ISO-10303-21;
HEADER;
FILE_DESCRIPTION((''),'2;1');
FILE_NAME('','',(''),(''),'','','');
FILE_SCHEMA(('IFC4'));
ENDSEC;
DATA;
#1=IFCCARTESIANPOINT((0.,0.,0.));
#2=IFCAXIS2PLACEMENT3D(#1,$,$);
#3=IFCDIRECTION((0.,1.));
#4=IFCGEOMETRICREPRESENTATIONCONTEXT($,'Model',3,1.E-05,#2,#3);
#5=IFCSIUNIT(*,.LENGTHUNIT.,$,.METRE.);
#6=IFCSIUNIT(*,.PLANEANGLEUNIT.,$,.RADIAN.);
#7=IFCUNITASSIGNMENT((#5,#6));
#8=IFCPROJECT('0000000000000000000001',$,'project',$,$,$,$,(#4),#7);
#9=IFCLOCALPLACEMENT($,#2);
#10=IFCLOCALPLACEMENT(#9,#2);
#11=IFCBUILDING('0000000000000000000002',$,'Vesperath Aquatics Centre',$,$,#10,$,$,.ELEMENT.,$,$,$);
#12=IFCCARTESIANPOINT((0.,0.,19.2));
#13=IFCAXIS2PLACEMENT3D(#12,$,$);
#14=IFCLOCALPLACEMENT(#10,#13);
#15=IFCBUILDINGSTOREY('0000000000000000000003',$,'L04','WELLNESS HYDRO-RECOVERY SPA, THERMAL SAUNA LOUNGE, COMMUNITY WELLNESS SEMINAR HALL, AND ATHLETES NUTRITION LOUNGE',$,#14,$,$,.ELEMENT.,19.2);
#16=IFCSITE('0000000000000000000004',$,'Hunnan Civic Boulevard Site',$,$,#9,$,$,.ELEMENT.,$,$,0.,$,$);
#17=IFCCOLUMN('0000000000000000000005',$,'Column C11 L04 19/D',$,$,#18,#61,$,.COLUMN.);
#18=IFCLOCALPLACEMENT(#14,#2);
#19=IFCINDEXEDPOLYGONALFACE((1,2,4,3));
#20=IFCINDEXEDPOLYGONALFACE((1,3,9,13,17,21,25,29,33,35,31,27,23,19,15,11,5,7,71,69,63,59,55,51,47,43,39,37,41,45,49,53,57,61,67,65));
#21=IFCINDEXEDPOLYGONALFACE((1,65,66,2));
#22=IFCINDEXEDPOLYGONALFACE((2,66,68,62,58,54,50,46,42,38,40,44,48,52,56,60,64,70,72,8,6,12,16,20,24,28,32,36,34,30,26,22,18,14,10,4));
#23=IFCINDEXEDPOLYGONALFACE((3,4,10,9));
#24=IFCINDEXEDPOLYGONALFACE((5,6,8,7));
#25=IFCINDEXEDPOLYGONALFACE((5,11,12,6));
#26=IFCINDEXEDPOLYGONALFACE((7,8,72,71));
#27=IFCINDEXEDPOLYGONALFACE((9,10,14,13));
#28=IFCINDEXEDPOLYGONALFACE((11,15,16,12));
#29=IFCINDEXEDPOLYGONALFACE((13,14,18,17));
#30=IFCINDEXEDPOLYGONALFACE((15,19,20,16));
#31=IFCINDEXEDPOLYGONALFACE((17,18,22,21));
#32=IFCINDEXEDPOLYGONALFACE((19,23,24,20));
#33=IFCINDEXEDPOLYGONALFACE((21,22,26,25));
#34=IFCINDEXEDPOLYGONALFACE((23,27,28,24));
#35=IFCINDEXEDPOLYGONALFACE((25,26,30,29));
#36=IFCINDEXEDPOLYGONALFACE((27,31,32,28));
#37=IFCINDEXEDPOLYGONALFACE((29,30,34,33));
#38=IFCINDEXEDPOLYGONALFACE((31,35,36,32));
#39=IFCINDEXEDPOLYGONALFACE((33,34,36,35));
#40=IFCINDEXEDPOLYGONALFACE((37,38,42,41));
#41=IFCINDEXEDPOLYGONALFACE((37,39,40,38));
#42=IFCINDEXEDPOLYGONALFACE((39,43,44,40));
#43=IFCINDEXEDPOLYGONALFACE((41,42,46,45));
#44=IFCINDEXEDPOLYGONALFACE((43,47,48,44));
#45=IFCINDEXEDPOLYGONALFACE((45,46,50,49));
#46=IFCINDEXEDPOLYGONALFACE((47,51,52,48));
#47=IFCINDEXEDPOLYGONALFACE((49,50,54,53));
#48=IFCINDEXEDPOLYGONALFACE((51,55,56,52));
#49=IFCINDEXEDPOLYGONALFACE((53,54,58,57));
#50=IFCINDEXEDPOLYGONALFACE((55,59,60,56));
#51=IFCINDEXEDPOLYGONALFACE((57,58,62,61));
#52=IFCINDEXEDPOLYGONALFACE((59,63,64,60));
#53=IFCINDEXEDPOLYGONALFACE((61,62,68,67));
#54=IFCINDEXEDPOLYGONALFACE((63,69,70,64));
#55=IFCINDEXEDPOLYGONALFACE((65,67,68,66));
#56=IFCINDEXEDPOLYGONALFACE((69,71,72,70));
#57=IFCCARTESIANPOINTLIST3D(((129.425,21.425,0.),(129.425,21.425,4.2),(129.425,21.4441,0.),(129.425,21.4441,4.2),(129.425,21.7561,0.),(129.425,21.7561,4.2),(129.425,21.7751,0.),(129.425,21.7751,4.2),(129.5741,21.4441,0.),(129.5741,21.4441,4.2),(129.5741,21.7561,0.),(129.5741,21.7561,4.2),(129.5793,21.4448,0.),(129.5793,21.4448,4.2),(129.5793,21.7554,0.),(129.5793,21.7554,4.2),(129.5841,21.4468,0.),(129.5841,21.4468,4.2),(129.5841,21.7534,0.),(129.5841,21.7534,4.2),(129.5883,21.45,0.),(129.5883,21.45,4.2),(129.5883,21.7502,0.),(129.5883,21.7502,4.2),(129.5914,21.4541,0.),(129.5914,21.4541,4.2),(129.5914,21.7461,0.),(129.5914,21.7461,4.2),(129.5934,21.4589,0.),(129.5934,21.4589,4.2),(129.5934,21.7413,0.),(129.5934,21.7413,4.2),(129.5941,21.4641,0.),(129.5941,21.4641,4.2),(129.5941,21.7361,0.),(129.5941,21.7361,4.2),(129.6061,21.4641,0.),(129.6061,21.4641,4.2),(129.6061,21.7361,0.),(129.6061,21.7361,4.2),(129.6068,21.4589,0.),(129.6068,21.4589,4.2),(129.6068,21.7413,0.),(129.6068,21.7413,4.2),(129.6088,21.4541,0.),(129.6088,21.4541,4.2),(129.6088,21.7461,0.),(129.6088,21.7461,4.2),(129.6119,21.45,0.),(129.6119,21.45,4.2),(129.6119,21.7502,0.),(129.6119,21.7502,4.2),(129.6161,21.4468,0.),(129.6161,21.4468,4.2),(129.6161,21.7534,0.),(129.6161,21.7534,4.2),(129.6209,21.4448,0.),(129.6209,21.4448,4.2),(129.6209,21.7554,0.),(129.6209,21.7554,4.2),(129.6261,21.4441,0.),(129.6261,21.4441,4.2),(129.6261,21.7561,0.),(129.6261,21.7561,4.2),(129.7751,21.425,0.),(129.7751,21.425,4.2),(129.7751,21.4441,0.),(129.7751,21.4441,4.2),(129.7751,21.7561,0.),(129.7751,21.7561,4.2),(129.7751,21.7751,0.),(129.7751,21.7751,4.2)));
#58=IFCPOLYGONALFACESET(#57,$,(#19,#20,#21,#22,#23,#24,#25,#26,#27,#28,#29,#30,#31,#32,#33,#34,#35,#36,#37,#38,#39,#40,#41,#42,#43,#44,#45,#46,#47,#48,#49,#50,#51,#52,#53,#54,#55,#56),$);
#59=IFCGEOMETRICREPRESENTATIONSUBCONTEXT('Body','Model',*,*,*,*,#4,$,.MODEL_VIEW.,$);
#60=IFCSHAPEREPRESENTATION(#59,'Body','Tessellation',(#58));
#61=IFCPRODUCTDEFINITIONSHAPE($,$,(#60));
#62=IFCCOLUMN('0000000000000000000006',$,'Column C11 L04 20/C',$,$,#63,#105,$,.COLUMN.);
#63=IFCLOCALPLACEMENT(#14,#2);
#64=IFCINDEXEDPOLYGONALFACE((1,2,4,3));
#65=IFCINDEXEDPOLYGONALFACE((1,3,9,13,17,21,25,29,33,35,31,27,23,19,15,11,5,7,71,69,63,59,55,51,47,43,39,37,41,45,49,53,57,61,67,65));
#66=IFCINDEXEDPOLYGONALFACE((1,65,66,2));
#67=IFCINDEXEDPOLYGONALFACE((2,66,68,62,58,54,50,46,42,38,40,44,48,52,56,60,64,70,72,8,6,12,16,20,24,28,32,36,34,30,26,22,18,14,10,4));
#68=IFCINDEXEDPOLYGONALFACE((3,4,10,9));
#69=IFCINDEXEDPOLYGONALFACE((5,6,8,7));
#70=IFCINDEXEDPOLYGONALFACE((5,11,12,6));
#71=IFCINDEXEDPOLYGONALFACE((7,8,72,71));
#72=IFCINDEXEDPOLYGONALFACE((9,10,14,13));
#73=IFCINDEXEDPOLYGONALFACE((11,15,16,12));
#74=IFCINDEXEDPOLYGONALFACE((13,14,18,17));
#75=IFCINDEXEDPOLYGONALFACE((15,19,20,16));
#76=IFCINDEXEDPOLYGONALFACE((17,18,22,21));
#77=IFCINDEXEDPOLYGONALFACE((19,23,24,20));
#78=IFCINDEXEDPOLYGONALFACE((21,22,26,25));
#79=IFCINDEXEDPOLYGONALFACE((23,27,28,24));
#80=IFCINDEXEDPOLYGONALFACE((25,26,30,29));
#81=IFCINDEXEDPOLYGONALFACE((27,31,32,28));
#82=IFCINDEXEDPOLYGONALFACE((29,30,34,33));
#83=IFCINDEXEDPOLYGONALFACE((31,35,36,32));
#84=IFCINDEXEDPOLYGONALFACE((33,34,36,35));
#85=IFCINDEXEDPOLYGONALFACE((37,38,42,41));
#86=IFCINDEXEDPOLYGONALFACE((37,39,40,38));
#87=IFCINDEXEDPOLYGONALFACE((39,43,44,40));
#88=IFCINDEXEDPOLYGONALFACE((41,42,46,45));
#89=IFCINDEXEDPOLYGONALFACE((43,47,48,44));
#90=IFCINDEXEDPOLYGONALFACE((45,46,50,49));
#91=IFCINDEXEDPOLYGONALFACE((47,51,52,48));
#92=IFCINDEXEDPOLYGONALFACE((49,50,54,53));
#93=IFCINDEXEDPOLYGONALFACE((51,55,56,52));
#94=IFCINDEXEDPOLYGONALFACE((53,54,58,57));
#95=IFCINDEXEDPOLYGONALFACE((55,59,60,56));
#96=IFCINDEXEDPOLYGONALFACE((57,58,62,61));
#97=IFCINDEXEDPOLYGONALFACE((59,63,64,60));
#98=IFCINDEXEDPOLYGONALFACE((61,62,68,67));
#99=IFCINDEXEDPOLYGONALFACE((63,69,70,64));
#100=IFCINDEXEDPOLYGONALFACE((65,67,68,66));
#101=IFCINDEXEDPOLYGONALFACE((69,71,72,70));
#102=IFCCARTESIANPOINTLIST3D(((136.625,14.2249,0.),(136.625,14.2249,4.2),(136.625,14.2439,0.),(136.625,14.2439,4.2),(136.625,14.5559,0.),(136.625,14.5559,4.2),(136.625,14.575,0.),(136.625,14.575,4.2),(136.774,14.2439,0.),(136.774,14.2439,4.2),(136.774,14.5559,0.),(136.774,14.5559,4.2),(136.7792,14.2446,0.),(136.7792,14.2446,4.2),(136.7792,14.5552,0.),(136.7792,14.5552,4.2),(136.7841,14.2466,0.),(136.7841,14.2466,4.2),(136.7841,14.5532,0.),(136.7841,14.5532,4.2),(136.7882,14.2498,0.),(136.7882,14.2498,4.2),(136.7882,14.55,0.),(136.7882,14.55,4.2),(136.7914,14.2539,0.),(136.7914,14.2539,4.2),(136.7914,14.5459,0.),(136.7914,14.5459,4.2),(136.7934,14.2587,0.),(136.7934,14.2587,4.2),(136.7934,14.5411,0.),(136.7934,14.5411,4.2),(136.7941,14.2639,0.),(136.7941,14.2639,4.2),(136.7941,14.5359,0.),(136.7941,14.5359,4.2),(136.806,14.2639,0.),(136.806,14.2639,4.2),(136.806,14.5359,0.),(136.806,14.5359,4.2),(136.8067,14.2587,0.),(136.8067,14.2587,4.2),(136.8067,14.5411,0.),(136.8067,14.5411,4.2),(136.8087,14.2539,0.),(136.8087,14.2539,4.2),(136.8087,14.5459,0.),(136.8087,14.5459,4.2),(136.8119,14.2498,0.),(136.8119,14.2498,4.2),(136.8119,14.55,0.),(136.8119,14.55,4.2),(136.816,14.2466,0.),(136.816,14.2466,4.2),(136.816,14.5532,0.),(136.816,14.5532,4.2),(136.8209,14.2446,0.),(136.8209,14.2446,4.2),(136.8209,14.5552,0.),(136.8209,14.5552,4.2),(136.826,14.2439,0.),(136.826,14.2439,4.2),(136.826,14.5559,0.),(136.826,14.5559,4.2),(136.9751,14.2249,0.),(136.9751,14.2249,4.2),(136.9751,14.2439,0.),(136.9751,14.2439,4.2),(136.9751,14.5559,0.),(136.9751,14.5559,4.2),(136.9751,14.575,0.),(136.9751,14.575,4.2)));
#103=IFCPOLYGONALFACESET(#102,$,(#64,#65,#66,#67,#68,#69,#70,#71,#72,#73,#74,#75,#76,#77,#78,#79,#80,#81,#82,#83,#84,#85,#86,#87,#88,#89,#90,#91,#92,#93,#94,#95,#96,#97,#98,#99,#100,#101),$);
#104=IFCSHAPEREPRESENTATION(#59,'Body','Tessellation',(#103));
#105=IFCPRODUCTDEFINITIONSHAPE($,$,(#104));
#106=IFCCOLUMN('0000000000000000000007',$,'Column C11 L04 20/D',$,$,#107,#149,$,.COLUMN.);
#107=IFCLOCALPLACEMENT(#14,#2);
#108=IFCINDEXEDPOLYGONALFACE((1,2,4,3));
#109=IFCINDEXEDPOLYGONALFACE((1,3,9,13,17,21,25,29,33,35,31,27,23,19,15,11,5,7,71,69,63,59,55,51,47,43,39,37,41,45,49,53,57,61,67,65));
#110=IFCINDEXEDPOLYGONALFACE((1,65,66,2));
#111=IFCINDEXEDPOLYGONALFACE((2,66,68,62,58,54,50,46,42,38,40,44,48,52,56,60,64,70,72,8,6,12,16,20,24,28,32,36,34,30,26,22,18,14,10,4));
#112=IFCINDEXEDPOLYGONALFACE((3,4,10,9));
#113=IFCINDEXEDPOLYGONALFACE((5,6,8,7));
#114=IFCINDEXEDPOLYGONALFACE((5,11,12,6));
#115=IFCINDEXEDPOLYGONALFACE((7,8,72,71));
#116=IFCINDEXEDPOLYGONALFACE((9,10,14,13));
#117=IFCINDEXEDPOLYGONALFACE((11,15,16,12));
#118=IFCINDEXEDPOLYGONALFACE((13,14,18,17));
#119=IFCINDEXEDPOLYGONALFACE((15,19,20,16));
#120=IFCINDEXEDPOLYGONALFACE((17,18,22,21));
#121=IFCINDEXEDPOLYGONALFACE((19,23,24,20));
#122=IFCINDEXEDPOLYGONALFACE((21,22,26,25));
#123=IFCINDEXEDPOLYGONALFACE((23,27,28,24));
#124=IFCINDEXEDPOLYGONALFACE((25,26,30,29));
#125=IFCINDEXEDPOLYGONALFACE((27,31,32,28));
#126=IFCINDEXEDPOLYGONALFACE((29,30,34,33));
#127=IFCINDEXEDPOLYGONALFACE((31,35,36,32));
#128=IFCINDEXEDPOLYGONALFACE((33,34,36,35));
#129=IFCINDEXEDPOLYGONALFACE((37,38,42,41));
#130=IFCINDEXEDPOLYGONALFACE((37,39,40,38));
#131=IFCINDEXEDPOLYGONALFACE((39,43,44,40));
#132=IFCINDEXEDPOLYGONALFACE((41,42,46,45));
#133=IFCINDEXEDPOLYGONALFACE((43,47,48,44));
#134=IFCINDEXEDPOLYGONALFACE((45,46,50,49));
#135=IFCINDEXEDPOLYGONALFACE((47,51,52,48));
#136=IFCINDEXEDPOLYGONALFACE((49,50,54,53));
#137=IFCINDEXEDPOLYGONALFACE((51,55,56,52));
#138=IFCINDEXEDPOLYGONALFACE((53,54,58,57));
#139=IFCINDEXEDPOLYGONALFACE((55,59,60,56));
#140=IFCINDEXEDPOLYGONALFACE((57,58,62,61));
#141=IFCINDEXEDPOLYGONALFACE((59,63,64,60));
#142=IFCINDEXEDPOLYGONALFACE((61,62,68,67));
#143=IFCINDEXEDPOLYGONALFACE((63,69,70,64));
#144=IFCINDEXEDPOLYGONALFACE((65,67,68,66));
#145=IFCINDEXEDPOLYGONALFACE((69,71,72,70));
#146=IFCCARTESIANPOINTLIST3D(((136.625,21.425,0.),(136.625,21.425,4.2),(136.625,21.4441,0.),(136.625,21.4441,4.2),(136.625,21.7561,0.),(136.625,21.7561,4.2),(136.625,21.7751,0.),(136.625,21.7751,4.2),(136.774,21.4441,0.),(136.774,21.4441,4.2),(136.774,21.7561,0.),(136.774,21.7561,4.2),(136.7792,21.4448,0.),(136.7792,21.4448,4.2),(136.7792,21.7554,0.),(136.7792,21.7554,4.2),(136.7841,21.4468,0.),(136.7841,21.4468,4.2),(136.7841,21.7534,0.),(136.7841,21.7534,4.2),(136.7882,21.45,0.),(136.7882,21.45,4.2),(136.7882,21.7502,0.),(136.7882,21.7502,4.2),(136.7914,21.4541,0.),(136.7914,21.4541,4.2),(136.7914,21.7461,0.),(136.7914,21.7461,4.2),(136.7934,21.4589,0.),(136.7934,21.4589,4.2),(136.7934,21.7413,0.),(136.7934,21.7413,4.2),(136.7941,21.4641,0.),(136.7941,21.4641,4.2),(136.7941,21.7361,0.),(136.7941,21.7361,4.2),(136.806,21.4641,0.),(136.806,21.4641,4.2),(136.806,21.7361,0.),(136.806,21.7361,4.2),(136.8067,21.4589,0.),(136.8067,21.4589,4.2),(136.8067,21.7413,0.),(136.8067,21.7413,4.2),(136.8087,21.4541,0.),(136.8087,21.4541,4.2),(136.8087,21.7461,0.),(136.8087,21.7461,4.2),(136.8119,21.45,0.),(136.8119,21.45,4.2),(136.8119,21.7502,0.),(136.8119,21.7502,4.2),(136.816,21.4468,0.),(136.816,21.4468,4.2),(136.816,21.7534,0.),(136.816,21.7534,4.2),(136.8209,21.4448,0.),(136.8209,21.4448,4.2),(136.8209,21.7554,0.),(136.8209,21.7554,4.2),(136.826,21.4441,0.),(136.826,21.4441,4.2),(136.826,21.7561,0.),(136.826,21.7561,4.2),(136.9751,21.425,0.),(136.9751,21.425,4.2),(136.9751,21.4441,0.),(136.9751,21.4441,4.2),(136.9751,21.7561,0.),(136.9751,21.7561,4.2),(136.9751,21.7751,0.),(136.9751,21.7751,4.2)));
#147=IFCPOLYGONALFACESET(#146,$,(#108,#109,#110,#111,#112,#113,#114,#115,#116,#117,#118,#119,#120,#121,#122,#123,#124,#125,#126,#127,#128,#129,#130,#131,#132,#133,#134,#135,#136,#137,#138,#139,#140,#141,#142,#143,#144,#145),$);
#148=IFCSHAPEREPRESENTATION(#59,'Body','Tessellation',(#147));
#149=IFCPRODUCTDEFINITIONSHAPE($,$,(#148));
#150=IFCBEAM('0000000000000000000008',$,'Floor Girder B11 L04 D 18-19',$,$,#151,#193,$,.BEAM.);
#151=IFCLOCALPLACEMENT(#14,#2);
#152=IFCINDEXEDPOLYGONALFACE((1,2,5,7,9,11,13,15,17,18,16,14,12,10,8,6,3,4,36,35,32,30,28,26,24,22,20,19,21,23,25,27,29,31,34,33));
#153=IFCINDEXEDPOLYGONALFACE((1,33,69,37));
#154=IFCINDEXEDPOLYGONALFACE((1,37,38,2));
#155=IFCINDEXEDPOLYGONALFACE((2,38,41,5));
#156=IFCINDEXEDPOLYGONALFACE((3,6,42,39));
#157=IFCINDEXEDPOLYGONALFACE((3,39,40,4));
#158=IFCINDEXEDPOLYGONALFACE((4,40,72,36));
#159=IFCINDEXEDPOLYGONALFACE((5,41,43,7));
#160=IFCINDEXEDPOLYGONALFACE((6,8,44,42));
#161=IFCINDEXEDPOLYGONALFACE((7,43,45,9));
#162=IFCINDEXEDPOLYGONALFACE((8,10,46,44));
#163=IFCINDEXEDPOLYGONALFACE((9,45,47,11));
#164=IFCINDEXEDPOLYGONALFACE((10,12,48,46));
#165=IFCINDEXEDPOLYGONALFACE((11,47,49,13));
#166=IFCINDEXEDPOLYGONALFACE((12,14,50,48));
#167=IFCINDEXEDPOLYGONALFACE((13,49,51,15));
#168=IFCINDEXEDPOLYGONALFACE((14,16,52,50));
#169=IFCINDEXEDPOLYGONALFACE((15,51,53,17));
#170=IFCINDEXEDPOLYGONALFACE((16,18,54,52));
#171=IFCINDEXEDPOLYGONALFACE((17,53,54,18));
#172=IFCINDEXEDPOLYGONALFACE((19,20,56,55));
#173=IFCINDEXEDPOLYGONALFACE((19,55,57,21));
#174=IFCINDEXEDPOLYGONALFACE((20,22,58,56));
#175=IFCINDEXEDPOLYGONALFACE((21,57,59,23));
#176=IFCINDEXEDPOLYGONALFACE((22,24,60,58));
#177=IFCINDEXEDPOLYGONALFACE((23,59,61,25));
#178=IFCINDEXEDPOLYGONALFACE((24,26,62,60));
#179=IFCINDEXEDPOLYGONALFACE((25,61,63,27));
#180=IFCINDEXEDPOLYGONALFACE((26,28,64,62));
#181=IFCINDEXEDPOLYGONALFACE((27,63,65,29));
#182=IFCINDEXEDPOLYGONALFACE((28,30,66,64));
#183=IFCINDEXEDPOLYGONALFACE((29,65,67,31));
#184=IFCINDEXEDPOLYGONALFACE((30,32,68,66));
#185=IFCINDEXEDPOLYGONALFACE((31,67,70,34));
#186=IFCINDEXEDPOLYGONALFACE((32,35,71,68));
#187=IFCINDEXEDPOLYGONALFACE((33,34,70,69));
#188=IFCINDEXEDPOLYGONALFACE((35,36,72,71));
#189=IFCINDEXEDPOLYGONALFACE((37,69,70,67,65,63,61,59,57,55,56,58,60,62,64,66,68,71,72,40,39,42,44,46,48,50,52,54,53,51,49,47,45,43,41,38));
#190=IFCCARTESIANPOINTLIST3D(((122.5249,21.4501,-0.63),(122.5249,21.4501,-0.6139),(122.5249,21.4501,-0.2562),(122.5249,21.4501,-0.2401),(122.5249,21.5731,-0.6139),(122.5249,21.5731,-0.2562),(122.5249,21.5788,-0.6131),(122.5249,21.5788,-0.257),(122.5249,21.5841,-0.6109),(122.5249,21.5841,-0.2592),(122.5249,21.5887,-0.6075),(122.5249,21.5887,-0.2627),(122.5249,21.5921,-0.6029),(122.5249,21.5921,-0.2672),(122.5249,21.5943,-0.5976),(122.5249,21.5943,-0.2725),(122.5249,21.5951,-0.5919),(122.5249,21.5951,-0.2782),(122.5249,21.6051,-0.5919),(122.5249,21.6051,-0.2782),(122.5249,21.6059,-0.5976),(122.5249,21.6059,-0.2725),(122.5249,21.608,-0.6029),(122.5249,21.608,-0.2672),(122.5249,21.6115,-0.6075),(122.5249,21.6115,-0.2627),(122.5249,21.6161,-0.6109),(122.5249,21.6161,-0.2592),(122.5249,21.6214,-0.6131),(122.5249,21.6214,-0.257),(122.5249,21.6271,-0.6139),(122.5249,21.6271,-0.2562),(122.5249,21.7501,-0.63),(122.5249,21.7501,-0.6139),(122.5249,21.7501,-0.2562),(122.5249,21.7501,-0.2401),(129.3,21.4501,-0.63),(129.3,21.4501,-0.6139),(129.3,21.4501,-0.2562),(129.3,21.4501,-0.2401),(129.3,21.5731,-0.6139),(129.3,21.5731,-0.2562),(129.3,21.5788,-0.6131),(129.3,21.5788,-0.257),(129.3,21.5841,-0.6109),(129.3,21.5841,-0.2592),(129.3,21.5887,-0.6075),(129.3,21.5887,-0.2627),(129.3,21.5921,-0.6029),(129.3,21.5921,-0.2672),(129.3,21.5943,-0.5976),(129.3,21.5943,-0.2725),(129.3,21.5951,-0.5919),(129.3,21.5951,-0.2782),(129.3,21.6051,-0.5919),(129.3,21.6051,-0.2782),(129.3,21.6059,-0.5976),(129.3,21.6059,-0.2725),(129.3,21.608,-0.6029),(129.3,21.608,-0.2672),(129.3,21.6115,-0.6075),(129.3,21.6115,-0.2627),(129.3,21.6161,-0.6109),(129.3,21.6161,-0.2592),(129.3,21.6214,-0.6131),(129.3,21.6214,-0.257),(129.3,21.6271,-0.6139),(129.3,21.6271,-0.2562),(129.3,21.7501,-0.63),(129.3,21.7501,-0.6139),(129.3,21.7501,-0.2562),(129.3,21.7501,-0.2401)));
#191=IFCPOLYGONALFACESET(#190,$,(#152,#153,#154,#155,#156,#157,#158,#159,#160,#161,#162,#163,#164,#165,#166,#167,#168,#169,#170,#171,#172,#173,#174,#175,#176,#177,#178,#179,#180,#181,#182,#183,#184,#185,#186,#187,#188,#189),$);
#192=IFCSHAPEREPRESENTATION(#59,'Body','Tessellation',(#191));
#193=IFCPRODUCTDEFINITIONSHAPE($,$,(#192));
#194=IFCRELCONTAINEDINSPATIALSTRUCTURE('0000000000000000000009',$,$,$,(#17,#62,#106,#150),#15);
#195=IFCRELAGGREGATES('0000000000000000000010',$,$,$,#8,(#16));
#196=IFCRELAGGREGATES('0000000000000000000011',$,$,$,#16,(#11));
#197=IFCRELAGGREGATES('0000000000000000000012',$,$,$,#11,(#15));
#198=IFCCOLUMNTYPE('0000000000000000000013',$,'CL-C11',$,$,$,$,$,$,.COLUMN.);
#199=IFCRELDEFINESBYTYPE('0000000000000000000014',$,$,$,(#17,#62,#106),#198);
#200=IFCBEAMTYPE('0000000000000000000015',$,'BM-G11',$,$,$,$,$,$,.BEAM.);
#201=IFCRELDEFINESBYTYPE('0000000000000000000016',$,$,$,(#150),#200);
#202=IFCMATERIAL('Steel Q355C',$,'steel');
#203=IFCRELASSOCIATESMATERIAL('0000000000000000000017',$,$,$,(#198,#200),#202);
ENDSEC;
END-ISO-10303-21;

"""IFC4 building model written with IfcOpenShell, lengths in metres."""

from ifc_helpers import new_model, si_unit, direction, frame, origin, origin_2d, place, context, subcontext, project, spatial, i_section, extrude, material, material_profile, profile_set, type_object, element, save


model = new_model("IFC4")

# Units and contexts
model_context = context("Model", 3, precision=1e-05, world=origin(), true_north=direction((0.0, 1.0)))
body_context = subcontext(model_context, "Body", "Model", "MODEL_VIEW")
ifc_project = project(units=[si_unit("LENGTHUNIT", "METRE"), si_unit("PLANEANGLEUNIT", "RADIAN")], contexts=[model_context])

# Site, building, storey
site_placement = place(None, origin())
site = spatial("IfcSite", under=ifc_project, at=site_placement, Name="Hunnan Civic Boulevard Site", CompositionType="ELEMENT", RefElevation=0.0)
building_placement = place(site_placement, origin())
building = spatial("IfcBuilding", under=site, at=building_placement, Name="Vesperath Aquatics Centre", CompositionType="ELEMENT")
storey_placement = place(building_placement, frame((0.0, 0.0, 19.2)))
storey = spatial("IfcBuildingStorey", under=building, at=storey_placement, Name="L04", Description="WELLNESS HYDRO-RECOVERY SPA, THERMAL SAUNA LOUNGE, COMMUNITY WELLNESS SEMINAR HALL, AND ATHLETES NUTRITION LOUNGE", CompositionType="ELEMENT", Elevation=19.2)

# Columns
ifc_material_1 = material(Name="Steel Q355C", Category="steel")
ifc_material_profile_1 = material_profile(ifc_material_1, i_section(OverallWidth=0.3501, OverallDepth=0.3501, WebThickness=0.012, FlangeThickness=0.019, FilletRadius=0.02, at=origin_2d()), Name="HW 350x350x12x19")
ifc_profile_set_1 = profile_set([ifc_material_profile_1], Name="Steel Q355C")
column_type = type_object("IfcColumnType", Name="CL-C11", PredefinedType="COLUMN", material=ifc_profile_set_1)
for number, where, z_axis, x_axis, name in (
    (1, (129.6001, 21.6001, 0.0), (0.0, 0.0, 1.0), (1.0, 0.0, 0.0), "Column C11 L04 19/D"),
    (2, (136.8, 14.3999, 0.0), (0.0, 0.0, 1.0), (1.0, 0.0, 0.0), "Column C11 L04 20/C"),
    (3, (136.8, 21.6001, 0.0), (0.0, 0.0, 1.0), (1.0, 0.0, 0.0), "Column C11 L04 20/D"),
):
    element("IfcColumn", number, at=place(storey_placement, frame(where, z_axis=z_axis, x_axis=x_axis)), inside=storey, type_object=column_type, Name=name, PredefinedType="COLUMN", context=body_context, shape_type="SweptSolid", body=[
        extrude(i_section(OverallWidth=0.3501, OverallDepth=0.3501, WebThickness=0.012, FlangeThickness=0.019, FilletRadius=0.02, at=origin_2d()), origin(), (0.0, 0.0, 1.0), 4.2),
    ])

# Beam
ifc_material_profile_2 = material_profile(ifc_material_1, i_section(OverallWidth=0.3, OverallDepth=0.3899, WebThickness=0.01, FlangeThickness=0.0161, FilletRadius=0.022, at=origin_2d()), Name="HM 390x300x10x16")
ifc_profile_set_2 = profile_set([ifc_material_profile_2], Name="Steel Q355C")
beam_type_1 = type_object("IfcBeamType", Name="BM-G11", PredefinedType="BEAM", material=ifc_profile_set_2)
beam_1_placement = place(storey_placement, frame((122.5249, 21.6001, -0.4351), z_axis=(1.0, 0.0, 0.0), x_axis=(0.0, 1.0, 0.0)))
element("IfcBeam", 4, at=beam_1_placement, inside=storey, type_object=beam_type_1, Name="Floor Girder B11 L04 D 18-19", PredefinedType="BEAM", context=body_context, shape_type="SweptSolid", body=[
    extrude(i_section(OverallWidth=0.3, OverallDepth=0.3899, WebThickness=0.01, FlangeThickness=0.0161, FilletRadius=0.022, at=origin_2d()), origin(), (0.0, 0.0, 1.0), 6.7751),
])

save(model, "model.ifc")
